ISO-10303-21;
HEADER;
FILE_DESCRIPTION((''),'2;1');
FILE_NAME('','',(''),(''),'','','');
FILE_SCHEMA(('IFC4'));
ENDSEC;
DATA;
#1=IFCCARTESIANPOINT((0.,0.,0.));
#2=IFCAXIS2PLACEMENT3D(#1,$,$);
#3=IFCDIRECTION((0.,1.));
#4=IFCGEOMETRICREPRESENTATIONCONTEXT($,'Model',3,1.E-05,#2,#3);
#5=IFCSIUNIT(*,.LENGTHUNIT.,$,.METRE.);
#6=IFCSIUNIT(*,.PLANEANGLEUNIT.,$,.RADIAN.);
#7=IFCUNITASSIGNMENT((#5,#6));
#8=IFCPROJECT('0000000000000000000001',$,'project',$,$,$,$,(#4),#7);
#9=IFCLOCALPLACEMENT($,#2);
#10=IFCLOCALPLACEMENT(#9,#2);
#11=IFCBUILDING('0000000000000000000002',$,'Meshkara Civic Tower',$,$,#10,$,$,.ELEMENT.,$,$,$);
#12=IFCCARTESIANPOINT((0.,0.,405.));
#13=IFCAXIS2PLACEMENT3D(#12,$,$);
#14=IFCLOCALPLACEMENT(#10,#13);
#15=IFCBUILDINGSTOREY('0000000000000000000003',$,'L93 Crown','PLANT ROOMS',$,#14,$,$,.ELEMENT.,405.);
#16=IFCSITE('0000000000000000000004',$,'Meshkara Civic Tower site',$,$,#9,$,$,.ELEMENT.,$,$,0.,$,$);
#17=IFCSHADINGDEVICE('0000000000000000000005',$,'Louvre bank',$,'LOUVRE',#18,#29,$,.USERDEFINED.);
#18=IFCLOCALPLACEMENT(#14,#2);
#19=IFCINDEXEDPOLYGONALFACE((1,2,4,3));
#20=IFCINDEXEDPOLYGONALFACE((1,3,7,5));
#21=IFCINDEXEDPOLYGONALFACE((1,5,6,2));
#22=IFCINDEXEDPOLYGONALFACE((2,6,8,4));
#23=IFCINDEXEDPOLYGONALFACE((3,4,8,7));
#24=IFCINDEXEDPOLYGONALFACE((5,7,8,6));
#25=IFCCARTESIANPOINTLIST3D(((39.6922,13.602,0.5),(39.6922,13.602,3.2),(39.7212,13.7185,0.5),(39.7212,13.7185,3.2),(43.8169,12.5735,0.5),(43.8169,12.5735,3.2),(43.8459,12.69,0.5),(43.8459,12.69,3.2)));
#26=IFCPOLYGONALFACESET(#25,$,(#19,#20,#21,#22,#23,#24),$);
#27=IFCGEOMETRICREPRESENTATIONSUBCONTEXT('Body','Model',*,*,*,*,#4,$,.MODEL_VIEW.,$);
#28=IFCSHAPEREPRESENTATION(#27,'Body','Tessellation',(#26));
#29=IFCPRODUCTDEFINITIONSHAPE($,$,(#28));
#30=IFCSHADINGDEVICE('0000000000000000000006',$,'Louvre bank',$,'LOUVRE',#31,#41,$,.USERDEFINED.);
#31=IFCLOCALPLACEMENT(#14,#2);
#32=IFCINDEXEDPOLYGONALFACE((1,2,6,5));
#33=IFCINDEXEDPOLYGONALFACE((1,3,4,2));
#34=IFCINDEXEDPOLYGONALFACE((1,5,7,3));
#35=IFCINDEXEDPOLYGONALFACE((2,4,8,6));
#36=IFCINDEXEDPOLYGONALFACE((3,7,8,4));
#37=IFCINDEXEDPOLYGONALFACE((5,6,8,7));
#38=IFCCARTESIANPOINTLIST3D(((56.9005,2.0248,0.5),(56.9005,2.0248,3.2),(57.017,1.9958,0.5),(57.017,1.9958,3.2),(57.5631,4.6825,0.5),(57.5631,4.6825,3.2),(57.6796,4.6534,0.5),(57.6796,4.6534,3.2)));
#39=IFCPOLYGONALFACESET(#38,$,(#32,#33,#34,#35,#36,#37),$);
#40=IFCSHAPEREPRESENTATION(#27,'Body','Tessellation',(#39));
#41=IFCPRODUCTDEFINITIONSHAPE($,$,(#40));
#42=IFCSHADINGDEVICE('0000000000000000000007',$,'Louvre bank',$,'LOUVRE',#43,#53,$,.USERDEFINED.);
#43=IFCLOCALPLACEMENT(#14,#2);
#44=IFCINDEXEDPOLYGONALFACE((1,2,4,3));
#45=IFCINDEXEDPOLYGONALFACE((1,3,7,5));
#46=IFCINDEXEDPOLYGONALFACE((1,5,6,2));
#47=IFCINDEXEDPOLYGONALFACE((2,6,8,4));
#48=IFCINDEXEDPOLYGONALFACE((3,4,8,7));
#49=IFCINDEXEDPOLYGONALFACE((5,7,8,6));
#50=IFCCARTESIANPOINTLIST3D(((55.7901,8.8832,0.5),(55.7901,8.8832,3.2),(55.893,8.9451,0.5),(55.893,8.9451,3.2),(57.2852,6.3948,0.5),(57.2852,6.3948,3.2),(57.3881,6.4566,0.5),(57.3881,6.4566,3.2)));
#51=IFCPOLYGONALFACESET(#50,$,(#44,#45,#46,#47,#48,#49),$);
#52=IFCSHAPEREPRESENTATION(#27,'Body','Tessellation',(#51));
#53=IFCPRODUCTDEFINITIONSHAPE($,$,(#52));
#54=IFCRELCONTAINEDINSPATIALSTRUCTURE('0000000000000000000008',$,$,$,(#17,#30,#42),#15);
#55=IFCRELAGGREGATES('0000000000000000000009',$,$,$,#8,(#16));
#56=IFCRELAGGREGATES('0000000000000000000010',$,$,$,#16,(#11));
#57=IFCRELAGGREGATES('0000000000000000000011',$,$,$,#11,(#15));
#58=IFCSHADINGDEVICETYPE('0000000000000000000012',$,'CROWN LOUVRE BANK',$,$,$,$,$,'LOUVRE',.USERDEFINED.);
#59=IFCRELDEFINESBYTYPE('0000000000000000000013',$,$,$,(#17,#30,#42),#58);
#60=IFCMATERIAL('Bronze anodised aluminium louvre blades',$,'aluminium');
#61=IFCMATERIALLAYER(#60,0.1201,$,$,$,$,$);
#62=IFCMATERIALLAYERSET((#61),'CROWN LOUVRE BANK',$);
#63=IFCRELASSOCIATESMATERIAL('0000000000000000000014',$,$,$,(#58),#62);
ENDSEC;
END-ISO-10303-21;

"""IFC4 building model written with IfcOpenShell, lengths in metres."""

from ifc_helpers import new_model, si_unit, direction, frame, origin, origin_2d, place, context, subcontext, project, spatial, rectangle, extrude, material, layer, layer_set, type_object, element, save


model = new_model("IFC4")

# Units and contexts
model_context = context("Model", 3, precision=1e-05, world=origin(), true_north=direction((0.0, 1.0)))
body_context = subcontext(model_context, "Body", "Model", "MODEL_VIEW")
ifc_project = project(units=[si_unit("LENGTHUNIT", "METRE"), si_unit("PLANEANGLEUNIT", "RADIAN")], contexts=[model_context])

# Site, building, storey
site_placement = place(None, origin())
site = spatial("IfcSite", under=ifc_project, at=site_placement, Name="Meshkara Civic Tower site", CompositionType="ELEMENT", RefElevation=0.0)
building_placement = place(site_placement, origin())
building = spatial("IfcBuilding", under=site, at=building_placement, Name="Meshkara Civic Tower", CompositionType="ELEMENT")
storey_placement = place(building_placement, frame((0.0, 0.0, 405.0)))
storey = spatial("IfcBuildingStorey", under=building, at=storey_placement, Name="L93 Crown", Description="PLANT ROOMS", CompositionType="ELEMENT", Elevation=405.0)

# Shading devices
ifc_material_1 = material(Name="Bronze anodised aluminium louvre blades", Category="aluminium")
ifc_layer_1 = layer(ifc_material_1, 0.1201)
ifc_layer_set_1 = layer_set([ifc_layer_1], Name="CROWN LOUVRE BANK")
shading_device_type = type_object("IfcShadingDeviceType", Name="CROWN LOUVRE BANK", ElementType="LOUVRE", PredefinedType="USERDEFINED", material=ifc_layer_set_1)
shading_device_1_placement = place(storey_placement, frame((41.769, 13.146, 0.5), z_axis=(0.0, 0.0, 1.0), x_axis=(-0.970292, 0.241939, 0.0)))
element("IfcShadingDevice", 1, at=shading_device_1_placement, inside=storey, type_object=shading_device_type, Name="Louvre bank", ObjectType="LOUVRE", PredefinedType="USERDEFINED", context=body_context, shape_type="SweptSolid", body=[
    extrude(rectangle(XDim=4.251, YDim=0.1201, at=origin_2d()), origin(), (0.0, 0.0, 1.0), 2.7),
])
shading_device_2_placement = place(storey_placement, frame((57.29, 3.3391, 0.5), z_axis=(0.0, 0.0, 1.0), x_axis=(0.241922, 0.970296, 0.0)))
element("IfcShadingDevice", 2, at=shading_device_2_placement, inside=storey, type_object=shading_device_type, Name="Louvre bank", ObjectType="LOUVRE", PredefinedType="USERDEFINED", context=body_context, shape_type="SweptSolid", body=[
    extrude(rectangle(XDim=2.739, YDim=0.1201, at=origin_2d()), origin(), (0.0, 0.0, 1.0), 2.7),
])
shading_device_3_placement = place(storey_placement, frame((56.5891, 7.6699, 0.5), z_axis=(0.0, 0.0, 1.0), x_axis=(-0.515008, 0.857185, 0.0)))
element("IfcShadingDevice", 3, at=shading_device_3_placement, inside=storey, type_object=shading_device_type, Name="Louvre bank", ObjectType="LOUVRE", PredefinedType="USERDEFINED", context=body_context, shape_type="SweptSolid", body=[
    extrude(rectangle(XDim=2.9031, YDim=0.1201, at=origin_2d()), origin(), (0.0, 0.0, 1.0), 2.7),
])

save(model, "model.ifc")
